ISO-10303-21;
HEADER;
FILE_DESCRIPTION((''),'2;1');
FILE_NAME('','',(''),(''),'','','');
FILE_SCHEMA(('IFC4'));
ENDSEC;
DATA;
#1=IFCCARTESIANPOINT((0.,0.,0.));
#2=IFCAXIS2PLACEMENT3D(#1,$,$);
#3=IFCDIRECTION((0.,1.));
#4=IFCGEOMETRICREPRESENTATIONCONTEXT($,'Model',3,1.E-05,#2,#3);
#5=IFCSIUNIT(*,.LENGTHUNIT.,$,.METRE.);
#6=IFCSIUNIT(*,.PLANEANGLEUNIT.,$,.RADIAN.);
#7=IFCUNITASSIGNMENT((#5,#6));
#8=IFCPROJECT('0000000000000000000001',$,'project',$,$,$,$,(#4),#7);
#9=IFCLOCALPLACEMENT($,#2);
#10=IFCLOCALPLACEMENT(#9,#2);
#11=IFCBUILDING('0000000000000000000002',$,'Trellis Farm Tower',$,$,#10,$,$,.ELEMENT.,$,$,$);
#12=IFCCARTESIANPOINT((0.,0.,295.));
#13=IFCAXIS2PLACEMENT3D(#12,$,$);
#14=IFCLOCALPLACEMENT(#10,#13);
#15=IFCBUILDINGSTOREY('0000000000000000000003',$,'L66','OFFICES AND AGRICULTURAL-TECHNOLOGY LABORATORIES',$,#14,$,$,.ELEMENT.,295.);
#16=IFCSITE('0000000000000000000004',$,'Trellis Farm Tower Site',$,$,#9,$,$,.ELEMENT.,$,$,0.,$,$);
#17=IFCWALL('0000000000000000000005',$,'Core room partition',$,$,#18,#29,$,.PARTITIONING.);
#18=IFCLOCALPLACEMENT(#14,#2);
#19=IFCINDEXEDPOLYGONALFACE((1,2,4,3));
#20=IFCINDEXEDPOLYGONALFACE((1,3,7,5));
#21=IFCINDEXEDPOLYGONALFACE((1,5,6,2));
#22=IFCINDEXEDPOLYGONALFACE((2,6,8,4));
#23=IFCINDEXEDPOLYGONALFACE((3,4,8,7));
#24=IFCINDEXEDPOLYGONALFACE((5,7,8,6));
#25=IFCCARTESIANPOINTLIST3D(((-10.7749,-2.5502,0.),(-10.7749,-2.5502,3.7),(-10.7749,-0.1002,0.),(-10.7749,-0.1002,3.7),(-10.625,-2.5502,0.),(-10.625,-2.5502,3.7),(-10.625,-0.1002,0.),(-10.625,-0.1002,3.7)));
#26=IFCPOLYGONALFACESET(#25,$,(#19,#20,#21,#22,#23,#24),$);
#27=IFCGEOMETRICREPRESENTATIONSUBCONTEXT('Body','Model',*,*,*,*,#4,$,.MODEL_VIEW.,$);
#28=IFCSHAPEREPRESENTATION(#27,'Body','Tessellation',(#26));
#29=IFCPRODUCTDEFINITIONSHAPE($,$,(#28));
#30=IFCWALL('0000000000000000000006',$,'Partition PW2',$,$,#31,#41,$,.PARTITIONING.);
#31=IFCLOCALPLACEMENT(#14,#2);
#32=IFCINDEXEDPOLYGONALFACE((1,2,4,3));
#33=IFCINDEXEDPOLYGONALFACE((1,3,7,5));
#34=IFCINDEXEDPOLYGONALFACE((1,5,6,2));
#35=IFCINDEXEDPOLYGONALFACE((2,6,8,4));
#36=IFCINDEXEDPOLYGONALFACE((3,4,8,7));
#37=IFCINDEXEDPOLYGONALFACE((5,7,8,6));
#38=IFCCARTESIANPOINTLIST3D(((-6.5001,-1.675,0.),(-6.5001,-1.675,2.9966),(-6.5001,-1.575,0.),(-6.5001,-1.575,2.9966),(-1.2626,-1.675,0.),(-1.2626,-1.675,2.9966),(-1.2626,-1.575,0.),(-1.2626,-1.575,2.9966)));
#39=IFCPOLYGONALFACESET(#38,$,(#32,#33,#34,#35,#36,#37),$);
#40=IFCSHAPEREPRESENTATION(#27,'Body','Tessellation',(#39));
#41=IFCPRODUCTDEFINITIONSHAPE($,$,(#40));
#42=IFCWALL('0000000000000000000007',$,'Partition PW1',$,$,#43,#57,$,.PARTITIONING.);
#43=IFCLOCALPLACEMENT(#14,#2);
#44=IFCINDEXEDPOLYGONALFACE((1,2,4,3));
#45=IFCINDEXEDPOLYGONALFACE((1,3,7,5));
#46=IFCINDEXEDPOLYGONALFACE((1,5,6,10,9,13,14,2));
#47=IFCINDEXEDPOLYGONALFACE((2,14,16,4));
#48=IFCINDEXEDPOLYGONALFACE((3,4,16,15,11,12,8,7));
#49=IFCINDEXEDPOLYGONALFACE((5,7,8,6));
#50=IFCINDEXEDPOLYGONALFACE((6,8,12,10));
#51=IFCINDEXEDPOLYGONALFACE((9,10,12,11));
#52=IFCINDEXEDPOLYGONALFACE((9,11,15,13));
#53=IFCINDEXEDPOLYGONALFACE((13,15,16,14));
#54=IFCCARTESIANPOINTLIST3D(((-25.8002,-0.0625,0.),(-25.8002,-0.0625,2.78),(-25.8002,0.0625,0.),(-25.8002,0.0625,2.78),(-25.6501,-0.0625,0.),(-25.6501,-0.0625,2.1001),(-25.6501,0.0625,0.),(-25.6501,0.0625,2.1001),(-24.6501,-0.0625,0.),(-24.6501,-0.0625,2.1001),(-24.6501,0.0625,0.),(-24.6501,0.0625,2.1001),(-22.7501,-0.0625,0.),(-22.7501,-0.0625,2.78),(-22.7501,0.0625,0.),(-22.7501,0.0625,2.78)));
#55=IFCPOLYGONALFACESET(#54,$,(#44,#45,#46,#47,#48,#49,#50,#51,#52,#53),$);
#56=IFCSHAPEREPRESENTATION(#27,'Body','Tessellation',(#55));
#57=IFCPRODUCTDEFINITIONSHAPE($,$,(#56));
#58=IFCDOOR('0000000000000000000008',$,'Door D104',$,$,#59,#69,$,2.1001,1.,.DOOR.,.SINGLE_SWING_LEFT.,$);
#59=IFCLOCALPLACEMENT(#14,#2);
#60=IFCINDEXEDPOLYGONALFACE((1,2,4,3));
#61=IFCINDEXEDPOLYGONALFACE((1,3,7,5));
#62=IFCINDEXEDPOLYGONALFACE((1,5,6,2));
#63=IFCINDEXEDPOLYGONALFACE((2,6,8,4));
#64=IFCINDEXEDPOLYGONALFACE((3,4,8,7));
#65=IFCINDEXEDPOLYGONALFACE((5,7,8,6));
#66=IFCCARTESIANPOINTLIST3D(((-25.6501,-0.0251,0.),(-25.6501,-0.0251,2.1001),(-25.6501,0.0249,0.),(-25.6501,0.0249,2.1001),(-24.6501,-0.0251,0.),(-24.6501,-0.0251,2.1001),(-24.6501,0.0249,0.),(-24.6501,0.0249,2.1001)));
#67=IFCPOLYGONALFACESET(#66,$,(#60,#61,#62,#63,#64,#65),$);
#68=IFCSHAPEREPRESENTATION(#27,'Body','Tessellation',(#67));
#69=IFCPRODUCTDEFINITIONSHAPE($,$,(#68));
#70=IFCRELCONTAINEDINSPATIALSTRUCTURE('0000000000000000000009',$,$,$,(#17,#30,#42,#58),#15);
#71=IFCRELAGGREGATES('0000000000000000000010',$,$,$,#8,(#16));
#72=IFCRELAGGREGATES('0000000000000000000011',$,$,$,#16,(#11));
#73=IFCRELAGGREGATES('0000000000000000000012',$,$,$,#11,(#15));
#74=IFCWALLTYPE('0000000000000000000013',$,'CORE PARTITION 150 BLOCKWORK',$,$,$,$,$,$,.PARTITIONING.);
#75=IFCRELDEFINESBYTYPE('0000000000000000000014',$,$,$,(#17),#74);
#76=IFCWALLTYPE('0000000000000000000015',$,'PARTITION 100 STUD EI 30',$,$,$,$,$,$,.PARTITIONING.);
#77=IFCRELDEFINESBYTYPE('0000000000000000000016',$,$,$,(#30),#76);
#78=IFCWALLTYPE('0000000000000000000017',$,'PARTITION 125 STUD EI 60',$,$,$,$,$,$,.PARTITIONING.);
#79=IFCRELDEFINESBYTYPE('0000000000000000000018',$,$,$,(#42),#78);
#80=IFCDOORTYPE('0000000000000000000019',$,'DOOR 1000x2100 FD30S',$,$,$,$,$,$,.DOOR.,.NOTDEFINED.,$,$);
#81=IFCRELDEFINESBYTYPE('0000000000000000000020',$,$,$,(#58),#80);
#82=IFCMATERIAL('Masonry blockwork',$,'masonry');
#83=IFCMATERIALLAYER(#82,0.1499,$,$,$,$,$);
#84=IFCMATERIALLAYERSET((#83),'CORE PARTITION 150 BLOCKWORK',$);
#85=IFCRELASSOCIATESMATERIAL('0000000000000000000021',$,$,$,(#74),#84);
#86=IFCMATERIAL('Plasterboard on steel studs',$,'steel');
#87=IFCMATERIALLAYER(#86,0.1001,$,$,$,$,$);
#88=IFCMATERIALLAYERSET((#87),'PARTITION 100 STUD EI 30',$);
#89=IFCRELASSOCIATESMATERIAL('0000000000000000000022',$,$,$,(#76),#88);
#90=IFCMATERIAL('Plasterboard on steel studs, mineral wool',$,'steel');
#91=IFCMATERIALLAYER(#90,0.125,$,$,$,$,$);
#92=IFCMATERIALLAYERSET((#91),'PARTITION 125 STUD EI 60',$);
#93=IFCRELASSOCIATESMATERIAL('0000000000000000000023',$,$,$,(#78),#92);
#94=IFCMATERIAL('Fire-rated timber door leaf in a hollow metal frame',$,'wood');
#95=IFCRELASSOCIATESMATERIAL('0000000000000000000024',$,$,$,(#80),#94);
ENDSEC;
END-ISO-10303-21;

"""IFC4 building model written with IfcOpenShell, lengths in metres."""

from ifc_helpers import new_model, si_unit, direction, frame, frame_2d, origin, place, context, subcontext, project, spatial, rectangle, extrude, source, transform, mapped, material, layer, layer_set, type_object, element, fill, save


model = new_model("IFC4")

# Units and contexts
model_context = context("Model", 3, precision=1e-05, world=origin(), true_north=direction((0.0, 1.0)))
body_context = subcontext(model_context, "Body", "Model", "MODEL_VIEW")
ifc_project = project(units=[si_unit("LENGTHUNIT", "METRE"), si_unit("PLANEANGLEUNIT", "RADIAN")], contexts=[model_context])

# Site, building, storey
site_placement = place(None, origin())
site = spatial("IfcSite", under=ifc_project, at=site_placement, Name="Trellis Farm Tower Site", CompositionType="ELEMENT", RefElevation=0.0)
building_placement = place(site_placement, origin())
building = spatial("IfcBuilding", under=site, at=building_placement, Name="Trellis Farm Tower", CompositionType="ELEMENT")
storey_placement = place(building_placement, frame((0.0, 0.0, 295.0)))
storey = spatial("IfcBuildingStorey", under=building, at=storey_placement, Name="L66", Description="OFFICES AND AGRICULTURAL-TECHNOLOGY LABORATORIES", CompositionType="ELEMENT", Elevation=295.0)

# Shared definitions
ifc_material_1 = material(Name="Masonry blockwork", Category="masonry")

# Walls
ifc_layer_1 = layer(ifc_material_1, 0.1499)
ifc_layer_set_1 = layer_set([ifc_layer_1], Name="CORE PARTITION 150 BLOCKWORK")
wall_type_1 = type_object("IfcWallType", Name="CORE PARTITION 150 BLOCKWORK", PredefinedType="PARTITIONING", material=ifc_layer_set_1)
shared_shape_1 = source(origin(), body_context, "Body", "SweptSolid", [
    extrude(rectangle(XDim=2.45, YDim=0.1499, at=frame_2d((1.2251, 0.0))), origin(), (0.0, 0.0, 1.0), 3.7),
])
for number, where, z_axis, x_axis, name in (
    (1, (-10.7, -0.1001, 0.0), (0.0, 0.0, 1.0), (0.0, -1.0, 0.0), "Core room partition"),
):
    element("IfcWall", number, at=place(storey_placement, frame(where, z_axis=z_axis, x_axis=x_axis)), inside=storey, type_object=wall_type_1, Name=name, PredefinedType="PARTITIONING", context=body_context, shape_type="MappedRepresentation", body=[
        mapped(shared_shape_1, transform((0.0, 0.0, 0.0))),
    ])
ifc_material_2 = material(Name="Plasterboard on steel studs", Category="steel")
ifc_layer_2 = layer(ifc_material_2, 0.1001)
ifc_layer_set_2 = layer_set([ifc_layer_2], Name="PARTITION 100 STUD EI 30")
wall_type_2 = type_object("IfcWallType", Name="PARTITION 100 STUD EI 30", PredefinedType="PARTITIONING", material=ifc_layer_set_2)
shared_shape_2 = source(origin(), body_context, "Body", "SweptSolid", [
    extrude(rectangle(XDim=5.2375, YDim=0.1001, at=frame_2d((2.6187, 0.0))), origin(), (0.0, 0.0, 1.0), 2.9966),
])
wall_1_placement = place(storey_placement, frame((-6.5, -1.625, 0.0), z_axis=(0.0, 0.0, 1.0), x_axis=(1.0, 0.0, 0.0)))
element("IfcWall", 2, at=wall_1_placement, inside=storey, type_object=wall_type_2, Name="Partition PW2", PredefinedType="PARTITIONING", context=body_context, shape_type="MappedRepresentation", body=[
    mapped(shared_shape_2, transform((0.0, 0.0, 0.0))),
])

# Wall, opening, door
ifc_material_3 = material(Name="Plasterboard on steel studs, mineral wool", Category="steel")
ifc_layer_3 = layer(ifc_material_3, 0.125)
ifc_layer_set_3 = layer_set([ifc_layer_3], Name="PARTITION 125 STUD EI 60")
wall_type_3 = type_object("IfcWallType", Name="PARTITION 125 STUD EI 60", PredefinedType="PARTITIONING", material=ifc_layer_set_3)
shared_shape_3 = source(origin(), body_context, "Body", "SweptSolid", [
    extrude(rectangle(XDim=3.05, YDim=0.125, at=frame_2d((1.5249, 0.0))), origin(), (0.0, 0.0, 1.0), 2.78),
])
wall_2_placement = place(storey_placement, frame((-25.8, 0.0, 0.0), z_axis=(0.0, 0.0, 1.0), x_axis=(1.0, 0.0, 0.0)))
wall_2 = element("IfcWall", 3, at=wall_2_placement, inside=storey, type_object=wall_type_3, Name="Partition PW1", PredefinedType="PARTITIONING", context=body_context, shape_type="MappedRepresentation", body=[
    mapped(shared_shape_3, transform((0.0, 0.0, 0.0))),
])
shared_shape_4 = source(origin(), body_context, "Body", "SweptSolid", [
    extrude(rectangle(XDim=1.0, YDim=2.1001, at=frame_2d((0.5, 1.05))), frame((0.0, 0.0725, 0.0), z_axis=(0.0, -1.0, 0.0), x_axis=(1.0, 0.0, 0.0)), (0.0, 0.0, 1.0), 0.145),
])
opening_1_placement = place(wall_2_placement, frame((0.1499, 0.0, 0.0)))
opening_1 = element("IfcOpeningElement", 4, at=opening_1_placement, cuts=wall_2, PredefinedType="OPENING", context=body_context, shape_type="MappedRepresentation", body=[
    mapped(shared_shape_4, transform((0.0, 0.0, 0.0))),
])
ifc_material_4 = material(Name="Fire-rated timber door leaf in a hollow metal frame", Category="wood")
door_type_1 = type_object("IfcDoorType", Name="DOOR 1000x2100 FD30S", OperationType="NOTDEFINED", PredefinedType="DOOR", material=ifc_material_4)
shared_shape_5 = source(origin(), body_context, "Body", "SweptSolid", [
    extrude(rectangle(XDim=1.0, YDim=2.1001, at=frame_2d((0.5, 1.05))), frame((0.0, 0.0249, 0.0), z_axis=(0.0, -1.0, 0.0), x_axis=(1.0, 0.0, 0.0)), (0.0, 0.0, 1.0), 0.05),
])
door_1_placement = place(opening_1_placement, origin())
door_1 = element("IfcDoor", 5, at=door_1_placement, inside=storey, type_object=door_type_1, Name="Door D104", OperationType="SINGLE_SWING_LEFT", OverallHeight=2.1001, OverallWidth=1.0, PredefinedType="DOOR", context=body_context, shape_type="MappedRepresentation", body=[
    mapped(shared_shape_5, transform((0.0, 0.0, 0.0))),
])
fill(opening_1, door_1)

save(model, "model.ifc")
